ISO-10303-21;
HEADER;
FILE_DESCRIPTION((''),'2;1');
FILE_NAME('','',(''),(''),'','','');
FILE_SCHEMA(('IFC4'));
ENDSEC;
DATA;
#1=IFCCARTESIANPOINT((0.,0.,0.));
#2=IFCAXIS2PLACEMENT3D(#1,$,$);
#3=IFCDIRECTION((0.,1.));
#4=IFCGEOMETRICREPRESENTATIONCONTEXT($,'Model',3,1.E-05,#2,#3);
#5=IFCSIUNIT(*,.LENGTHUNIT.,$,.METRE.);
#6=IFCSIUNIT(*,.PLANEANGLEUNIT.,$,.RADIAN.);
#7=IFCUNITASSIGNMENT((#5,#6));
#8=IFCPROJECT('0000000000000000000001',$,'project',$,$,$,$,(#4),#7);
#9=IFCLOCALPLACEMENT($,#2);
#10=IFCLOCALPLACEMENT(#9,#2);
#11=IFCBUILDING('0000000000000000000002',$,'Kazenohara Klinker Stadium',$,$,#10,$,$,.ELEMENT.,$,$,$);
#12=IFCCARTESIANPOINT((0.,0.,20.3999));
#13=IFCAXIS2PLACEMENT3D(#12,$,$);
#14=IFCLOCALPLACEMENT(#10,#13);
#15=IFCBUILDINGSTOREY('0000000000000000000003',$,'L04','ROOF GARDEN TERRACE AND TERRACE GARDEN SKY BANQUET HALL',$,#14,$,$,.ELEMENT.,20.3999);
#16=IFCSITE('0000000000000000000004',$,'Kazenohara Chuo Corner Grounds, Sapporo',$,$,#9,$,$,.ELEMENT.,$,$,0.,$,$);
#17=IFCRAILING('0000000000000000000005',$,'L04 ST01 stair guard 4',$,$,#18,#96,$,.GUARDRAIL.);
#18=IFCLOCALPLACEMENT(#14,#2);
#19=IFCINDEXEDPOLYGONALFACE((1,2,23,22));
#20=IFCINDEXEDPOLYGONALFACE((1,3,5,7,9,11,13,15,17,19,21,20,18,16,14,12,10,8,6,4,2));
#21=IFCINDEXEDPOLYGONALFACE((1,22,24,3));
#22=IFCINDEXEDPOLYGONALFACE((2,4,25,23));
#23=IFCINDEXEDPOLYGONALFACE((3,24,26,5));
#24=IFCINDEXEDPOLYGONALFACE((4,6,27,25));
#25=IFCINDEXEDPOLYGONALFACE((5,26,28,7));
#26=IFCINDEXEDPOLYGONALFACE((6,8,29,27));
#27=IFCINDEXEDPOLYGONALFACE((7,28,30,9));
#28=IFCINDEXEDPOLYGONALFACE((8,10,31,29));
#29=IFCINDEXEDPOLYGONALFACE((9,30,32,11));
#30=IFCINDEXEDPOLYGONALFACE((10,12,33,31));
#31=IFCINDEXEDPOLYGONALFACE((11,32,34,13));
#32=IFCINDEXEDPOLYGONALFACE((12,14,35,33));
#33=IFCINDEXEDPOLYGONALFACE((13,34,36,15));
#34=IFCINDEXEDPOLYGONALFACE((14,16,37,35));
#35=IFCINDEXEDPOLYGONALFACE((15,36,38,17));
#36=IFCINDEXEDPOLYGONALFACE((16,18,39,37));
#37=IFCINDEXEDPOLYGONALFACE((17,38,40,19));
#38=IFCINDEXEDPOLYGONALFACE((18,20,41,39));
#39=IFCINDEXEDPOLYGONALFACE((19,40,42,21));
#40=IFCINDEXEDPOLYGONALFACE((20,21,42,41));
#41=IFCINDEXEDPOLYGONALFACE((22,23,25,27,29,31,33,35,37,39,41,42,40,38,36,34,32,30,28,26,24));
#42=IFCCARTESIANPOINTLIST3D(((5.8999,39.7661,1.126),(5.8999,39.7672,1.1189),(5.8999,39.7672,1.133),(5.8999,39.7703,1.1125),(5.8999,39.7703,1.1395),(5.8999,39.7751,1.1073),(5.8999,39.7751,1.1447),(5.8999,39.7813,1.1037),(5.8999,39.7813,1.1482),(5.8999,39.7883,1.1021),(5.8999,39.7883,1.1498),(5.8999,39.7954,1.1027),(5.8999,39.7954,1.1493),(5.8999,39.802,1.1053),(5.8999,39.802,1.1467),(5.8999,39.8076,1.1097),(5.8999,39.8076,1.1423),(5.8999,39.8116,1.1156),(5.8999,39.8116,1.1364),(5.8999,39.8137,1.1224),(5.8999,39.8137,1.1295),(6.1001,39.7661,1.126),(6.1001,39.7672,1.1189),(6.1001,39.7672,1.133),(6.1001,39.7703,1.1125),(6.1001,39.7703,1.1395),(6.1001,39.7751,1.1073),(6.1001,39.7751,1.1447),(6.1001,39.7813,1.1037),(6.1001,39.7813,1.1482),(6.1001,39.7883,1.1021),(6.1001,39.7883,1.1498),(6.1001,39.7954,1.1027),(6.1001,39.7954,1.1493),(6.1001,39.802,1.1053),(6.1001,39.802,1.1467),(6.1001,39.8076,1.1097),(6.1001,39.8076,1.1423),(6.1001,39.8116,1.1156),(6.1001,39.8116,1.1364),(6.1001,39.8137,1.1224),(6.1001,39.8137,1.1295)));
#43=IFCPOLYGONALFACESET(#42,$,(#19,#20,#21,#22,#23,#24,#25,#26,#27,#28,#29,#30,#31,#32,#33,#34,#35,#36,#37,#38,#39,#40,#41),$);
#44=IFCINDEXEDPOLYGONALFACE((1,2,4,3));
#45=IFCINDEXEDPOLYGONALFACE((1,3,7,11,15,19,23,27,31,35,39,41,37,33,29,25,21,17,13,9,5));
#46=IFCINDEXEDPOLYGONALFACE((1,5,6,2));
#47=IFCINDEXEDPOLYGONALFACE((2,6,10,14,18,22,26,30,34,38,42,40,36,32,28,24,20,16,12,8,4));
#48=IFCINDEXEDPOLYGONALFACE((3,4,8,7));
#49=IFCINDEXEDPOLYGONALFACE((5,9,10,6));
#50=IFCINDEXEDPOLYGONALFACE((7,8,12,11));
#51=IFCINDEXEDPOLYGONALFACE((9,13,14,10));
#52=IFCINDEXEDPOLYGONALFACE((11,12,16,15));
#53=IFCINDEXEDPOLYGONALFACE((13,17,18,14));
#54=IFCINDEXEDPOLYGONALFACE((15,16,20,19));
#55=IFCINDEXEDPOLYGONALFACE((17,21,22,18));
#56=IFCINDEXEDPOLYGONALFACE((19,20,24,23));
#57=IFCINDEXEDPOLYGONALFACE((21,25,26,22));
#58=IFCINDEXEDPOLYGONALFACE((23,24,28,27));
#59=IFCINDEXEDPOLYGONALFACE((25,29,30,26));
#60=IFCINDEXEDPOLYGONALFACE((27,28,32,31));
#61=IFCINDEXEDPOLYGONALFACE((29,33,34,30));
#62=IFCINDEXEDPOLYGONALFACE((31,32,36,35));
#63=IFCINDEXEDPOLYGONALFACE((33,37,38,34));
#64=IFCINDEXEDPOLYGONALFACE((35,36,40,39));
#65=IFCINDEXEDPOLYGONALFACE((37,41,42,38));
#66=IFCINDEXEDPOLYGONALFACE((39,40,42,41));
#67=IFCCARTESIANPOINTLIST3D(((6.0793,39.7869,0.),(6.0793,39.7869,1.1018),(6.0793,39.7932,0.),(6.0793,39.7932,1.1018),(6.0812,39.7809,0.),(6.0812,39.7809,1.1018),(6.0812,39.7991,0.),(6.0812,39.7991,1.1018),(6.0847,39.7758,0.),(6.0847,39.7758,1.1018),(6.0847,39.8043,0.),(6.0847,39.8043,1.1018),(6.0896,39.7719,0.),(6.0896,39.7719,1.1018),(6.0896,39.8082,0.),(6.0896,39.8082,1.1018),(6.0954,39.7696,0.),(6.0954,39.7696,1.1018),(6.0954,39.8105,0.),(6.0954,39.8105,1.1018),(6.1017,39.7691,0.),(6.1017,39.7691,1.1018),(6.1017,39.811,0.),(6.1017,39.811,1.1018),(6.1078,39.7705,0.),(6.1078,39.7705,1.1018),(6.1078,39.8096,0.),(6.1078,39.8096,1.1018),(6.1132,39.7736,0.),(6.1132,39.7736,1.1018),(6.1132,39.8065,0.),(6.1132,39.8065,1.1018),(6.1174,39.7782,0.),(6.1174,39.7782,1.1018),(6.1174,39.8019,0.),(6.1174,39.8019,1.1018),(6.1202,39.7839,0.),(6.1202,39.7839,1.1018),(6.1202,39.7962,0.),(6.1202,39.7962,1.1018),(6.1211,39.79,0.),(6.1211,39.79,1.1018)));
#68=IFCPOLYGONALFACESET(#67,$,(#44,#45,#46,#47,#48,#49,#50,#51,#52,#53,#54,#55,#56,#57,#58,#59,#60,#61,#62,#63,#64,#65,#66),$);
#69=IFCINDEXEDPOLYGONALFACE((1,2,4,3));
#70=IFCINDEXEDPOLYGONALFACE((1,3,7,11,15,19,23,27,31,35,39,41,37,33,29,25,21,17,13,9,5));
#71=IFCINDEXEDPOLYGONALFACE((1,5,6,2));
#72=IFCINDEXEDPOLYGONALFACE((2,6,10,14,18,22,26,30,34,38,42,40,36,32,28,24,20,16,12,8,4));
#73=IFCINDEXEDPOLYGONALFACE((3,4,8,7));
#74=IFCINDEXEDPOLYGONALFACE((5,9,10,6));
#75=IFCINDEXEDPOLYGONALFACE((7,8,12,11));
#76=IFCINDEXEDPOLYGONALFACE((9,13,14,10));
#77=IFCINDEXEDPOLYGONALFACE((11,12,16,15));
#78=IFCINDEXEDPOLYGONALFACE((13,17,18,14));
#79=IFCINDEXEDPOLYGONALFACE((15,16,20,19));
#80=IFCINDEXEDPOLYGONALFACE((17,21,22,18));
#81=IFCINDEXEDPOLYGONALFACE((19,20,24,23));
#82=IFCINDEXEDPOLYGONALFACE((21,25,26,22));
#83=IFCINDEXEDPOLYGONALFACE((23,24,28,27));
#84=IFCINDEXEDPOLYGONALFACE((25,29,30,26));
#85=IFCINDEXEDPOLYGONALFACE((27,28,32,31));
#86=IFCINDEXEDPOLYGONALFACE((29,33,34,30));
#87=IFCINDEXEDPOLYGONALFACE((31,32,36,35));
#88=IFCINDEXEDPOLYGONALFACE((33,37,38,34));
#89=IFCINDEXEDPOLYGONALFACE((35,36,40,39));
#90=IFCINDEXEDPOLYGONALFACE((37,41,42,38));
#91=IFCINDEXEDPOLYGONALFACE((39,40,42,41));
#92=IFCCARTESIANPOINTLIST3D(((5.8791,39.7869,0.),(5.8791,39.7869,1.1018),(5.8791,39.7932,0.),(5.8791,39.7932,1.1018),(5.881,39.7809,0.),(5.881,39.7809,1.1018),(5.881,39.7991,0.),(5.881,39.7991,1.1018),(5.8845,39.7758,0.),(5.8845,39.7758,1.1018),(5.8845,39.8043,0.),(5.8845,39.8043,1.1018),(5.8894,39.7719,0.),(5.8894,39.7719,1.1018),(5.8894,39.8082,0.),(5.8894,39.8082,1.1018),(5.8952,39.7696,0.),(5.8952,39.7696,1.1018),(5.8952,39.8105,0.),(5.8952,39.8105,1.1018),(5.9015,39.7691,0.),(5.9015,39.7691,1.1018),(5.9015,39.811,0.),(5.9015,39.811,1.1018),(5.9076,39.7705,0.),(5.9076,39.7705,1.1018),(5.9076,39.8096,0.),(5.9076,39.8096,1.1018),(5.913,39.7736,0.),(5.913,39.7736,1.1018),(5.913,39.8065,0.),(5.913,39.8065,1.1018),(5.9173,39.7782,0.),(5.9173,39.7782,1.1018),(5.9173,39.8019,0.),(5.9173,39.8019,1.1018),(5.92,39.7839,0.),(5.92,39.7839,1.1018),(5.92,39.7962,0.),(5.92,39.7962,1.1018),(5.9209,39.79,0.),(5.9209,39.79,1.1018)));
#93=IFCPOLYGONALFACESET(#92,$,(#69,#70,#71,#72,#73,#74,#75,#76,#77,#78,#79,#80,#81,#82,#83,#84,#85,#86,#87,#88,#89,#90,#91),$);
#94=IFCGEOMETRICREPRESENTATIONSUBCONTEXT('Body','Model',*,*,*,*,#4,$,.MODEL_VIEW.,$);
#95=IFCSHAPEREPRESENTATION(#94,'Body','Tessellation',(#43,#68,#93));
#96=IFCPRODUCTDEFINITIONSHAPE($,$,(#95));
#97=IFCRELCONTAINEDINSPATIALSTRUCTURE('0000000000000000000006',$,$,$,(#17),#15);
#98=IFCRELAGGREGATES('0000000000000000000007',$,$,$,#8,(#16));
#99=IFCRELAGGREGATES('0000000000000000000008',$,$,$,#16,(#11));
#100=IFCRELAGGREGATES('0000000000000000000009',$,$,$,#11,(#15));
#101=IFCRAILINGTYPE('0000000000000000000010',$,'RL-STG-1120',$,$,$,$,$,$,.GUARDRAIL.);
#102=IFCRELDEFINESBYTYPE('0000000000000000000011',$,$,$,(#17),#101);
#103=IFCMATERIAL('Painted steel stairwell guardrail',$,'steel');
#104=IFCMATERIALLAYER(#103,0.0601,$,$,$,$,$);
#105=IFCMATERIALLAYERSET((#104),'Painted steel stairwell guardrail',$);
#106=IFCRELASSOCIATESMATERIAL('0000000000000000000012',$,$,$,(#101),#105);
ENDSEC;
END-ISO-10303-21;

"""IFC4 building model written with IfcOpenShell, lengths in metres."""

from ifc_helpers import new_model, si_unit, direction, frame, origin, origin_2d, place, context, subcontext, project, spatial, circle, extrude, material, layer, layer_set, type_object, element, save


model = new_model("IFC4")

# Units and contexts
model_context = context("Model", 3, precision=1e-05, world=origin(), true_north=direction((0.0, 1.0)))
body_context = subcontext(model_context, "Body", "Model", "MODEL_VIEW")
ifc_project = project(units=[si_unit("LENGTHUNIT", "METRE"), si_unit("PLANEANGLEUNIT", "RADIAN")], contexts=[model_context])

# Site, building, storey
site_placement = place(None, origin())
site = spatial("IfcSite", under=ifc_project, at=site_placement, Name="Kazenohara Chuo Corner Grounds, Sapporo", CompositionType="ELEMENT", RefElevation=0.0)
building_placement = place(site_placement, origin())
building = spatial("IfcBuilding", under=site, at=building_placement, Name="Kazenohara Klinker Stadium", CompositionType="ELEMENT")
storey_placement = place(building_placement, frame((0.0, 0.0, 20.3999)))
storey = spatial("IfcBuildingStorey", under=building, at=storey_placement, Name="L04", Description="ROOF GARDEN TERRACE AND TERRACE GARDEN SKY BANQUET HALL", CompositionType="ELEMENT", Elevation=20.3999)

# Railing
ifc_material_1 = material(Name="Painted steel stairwell guardrail", Category="steel")
ifc_layer_1 = layer(ifc_material_1, 0.0601)
ifc_layer_set_1 = layer_set([ifc_layer_1], Name="Painted steel stairwell guardrail")
railing_type_1 = type_object("IfcRailingType", Name="RL-STG-1120", PredefinedType="GUARDRAIL", material=ifc_layer_set_1)
railing_1_placement = place(storey_placement, frame((6.1001, 39.79, 0.0)))
element("IfcRailing", 1, at=railing_1_placement, inside=storey, type_object=railing_type_1, Name="L04 ST01 stair guard 4", PredefinedType="GUARDRAIL", context=body_context, shape_type="SweptSolid", body=[
    extrude(circle(Radius=0.0239, at=origin_2d()), frame((0.0, 0.0, 1.126), z_axis=(-1.0, 0.0, 0.0), x_axis=(0.0, -1.0, 0.0)), (0.0, 0.0, 1.0), 0.2002),
    extrude(circle(Radius=0.021, at=origin_2d()), origin(), (0.0, 0.0, 1.0), 1.1018),
    extrude(circle(Radius=0.021, at=origin_2d()), frame((-0.2002, 0.0, 0.0)), (0.0, 0.0, 1.0), 1.1018),
])

save(model, "model.ifc")
